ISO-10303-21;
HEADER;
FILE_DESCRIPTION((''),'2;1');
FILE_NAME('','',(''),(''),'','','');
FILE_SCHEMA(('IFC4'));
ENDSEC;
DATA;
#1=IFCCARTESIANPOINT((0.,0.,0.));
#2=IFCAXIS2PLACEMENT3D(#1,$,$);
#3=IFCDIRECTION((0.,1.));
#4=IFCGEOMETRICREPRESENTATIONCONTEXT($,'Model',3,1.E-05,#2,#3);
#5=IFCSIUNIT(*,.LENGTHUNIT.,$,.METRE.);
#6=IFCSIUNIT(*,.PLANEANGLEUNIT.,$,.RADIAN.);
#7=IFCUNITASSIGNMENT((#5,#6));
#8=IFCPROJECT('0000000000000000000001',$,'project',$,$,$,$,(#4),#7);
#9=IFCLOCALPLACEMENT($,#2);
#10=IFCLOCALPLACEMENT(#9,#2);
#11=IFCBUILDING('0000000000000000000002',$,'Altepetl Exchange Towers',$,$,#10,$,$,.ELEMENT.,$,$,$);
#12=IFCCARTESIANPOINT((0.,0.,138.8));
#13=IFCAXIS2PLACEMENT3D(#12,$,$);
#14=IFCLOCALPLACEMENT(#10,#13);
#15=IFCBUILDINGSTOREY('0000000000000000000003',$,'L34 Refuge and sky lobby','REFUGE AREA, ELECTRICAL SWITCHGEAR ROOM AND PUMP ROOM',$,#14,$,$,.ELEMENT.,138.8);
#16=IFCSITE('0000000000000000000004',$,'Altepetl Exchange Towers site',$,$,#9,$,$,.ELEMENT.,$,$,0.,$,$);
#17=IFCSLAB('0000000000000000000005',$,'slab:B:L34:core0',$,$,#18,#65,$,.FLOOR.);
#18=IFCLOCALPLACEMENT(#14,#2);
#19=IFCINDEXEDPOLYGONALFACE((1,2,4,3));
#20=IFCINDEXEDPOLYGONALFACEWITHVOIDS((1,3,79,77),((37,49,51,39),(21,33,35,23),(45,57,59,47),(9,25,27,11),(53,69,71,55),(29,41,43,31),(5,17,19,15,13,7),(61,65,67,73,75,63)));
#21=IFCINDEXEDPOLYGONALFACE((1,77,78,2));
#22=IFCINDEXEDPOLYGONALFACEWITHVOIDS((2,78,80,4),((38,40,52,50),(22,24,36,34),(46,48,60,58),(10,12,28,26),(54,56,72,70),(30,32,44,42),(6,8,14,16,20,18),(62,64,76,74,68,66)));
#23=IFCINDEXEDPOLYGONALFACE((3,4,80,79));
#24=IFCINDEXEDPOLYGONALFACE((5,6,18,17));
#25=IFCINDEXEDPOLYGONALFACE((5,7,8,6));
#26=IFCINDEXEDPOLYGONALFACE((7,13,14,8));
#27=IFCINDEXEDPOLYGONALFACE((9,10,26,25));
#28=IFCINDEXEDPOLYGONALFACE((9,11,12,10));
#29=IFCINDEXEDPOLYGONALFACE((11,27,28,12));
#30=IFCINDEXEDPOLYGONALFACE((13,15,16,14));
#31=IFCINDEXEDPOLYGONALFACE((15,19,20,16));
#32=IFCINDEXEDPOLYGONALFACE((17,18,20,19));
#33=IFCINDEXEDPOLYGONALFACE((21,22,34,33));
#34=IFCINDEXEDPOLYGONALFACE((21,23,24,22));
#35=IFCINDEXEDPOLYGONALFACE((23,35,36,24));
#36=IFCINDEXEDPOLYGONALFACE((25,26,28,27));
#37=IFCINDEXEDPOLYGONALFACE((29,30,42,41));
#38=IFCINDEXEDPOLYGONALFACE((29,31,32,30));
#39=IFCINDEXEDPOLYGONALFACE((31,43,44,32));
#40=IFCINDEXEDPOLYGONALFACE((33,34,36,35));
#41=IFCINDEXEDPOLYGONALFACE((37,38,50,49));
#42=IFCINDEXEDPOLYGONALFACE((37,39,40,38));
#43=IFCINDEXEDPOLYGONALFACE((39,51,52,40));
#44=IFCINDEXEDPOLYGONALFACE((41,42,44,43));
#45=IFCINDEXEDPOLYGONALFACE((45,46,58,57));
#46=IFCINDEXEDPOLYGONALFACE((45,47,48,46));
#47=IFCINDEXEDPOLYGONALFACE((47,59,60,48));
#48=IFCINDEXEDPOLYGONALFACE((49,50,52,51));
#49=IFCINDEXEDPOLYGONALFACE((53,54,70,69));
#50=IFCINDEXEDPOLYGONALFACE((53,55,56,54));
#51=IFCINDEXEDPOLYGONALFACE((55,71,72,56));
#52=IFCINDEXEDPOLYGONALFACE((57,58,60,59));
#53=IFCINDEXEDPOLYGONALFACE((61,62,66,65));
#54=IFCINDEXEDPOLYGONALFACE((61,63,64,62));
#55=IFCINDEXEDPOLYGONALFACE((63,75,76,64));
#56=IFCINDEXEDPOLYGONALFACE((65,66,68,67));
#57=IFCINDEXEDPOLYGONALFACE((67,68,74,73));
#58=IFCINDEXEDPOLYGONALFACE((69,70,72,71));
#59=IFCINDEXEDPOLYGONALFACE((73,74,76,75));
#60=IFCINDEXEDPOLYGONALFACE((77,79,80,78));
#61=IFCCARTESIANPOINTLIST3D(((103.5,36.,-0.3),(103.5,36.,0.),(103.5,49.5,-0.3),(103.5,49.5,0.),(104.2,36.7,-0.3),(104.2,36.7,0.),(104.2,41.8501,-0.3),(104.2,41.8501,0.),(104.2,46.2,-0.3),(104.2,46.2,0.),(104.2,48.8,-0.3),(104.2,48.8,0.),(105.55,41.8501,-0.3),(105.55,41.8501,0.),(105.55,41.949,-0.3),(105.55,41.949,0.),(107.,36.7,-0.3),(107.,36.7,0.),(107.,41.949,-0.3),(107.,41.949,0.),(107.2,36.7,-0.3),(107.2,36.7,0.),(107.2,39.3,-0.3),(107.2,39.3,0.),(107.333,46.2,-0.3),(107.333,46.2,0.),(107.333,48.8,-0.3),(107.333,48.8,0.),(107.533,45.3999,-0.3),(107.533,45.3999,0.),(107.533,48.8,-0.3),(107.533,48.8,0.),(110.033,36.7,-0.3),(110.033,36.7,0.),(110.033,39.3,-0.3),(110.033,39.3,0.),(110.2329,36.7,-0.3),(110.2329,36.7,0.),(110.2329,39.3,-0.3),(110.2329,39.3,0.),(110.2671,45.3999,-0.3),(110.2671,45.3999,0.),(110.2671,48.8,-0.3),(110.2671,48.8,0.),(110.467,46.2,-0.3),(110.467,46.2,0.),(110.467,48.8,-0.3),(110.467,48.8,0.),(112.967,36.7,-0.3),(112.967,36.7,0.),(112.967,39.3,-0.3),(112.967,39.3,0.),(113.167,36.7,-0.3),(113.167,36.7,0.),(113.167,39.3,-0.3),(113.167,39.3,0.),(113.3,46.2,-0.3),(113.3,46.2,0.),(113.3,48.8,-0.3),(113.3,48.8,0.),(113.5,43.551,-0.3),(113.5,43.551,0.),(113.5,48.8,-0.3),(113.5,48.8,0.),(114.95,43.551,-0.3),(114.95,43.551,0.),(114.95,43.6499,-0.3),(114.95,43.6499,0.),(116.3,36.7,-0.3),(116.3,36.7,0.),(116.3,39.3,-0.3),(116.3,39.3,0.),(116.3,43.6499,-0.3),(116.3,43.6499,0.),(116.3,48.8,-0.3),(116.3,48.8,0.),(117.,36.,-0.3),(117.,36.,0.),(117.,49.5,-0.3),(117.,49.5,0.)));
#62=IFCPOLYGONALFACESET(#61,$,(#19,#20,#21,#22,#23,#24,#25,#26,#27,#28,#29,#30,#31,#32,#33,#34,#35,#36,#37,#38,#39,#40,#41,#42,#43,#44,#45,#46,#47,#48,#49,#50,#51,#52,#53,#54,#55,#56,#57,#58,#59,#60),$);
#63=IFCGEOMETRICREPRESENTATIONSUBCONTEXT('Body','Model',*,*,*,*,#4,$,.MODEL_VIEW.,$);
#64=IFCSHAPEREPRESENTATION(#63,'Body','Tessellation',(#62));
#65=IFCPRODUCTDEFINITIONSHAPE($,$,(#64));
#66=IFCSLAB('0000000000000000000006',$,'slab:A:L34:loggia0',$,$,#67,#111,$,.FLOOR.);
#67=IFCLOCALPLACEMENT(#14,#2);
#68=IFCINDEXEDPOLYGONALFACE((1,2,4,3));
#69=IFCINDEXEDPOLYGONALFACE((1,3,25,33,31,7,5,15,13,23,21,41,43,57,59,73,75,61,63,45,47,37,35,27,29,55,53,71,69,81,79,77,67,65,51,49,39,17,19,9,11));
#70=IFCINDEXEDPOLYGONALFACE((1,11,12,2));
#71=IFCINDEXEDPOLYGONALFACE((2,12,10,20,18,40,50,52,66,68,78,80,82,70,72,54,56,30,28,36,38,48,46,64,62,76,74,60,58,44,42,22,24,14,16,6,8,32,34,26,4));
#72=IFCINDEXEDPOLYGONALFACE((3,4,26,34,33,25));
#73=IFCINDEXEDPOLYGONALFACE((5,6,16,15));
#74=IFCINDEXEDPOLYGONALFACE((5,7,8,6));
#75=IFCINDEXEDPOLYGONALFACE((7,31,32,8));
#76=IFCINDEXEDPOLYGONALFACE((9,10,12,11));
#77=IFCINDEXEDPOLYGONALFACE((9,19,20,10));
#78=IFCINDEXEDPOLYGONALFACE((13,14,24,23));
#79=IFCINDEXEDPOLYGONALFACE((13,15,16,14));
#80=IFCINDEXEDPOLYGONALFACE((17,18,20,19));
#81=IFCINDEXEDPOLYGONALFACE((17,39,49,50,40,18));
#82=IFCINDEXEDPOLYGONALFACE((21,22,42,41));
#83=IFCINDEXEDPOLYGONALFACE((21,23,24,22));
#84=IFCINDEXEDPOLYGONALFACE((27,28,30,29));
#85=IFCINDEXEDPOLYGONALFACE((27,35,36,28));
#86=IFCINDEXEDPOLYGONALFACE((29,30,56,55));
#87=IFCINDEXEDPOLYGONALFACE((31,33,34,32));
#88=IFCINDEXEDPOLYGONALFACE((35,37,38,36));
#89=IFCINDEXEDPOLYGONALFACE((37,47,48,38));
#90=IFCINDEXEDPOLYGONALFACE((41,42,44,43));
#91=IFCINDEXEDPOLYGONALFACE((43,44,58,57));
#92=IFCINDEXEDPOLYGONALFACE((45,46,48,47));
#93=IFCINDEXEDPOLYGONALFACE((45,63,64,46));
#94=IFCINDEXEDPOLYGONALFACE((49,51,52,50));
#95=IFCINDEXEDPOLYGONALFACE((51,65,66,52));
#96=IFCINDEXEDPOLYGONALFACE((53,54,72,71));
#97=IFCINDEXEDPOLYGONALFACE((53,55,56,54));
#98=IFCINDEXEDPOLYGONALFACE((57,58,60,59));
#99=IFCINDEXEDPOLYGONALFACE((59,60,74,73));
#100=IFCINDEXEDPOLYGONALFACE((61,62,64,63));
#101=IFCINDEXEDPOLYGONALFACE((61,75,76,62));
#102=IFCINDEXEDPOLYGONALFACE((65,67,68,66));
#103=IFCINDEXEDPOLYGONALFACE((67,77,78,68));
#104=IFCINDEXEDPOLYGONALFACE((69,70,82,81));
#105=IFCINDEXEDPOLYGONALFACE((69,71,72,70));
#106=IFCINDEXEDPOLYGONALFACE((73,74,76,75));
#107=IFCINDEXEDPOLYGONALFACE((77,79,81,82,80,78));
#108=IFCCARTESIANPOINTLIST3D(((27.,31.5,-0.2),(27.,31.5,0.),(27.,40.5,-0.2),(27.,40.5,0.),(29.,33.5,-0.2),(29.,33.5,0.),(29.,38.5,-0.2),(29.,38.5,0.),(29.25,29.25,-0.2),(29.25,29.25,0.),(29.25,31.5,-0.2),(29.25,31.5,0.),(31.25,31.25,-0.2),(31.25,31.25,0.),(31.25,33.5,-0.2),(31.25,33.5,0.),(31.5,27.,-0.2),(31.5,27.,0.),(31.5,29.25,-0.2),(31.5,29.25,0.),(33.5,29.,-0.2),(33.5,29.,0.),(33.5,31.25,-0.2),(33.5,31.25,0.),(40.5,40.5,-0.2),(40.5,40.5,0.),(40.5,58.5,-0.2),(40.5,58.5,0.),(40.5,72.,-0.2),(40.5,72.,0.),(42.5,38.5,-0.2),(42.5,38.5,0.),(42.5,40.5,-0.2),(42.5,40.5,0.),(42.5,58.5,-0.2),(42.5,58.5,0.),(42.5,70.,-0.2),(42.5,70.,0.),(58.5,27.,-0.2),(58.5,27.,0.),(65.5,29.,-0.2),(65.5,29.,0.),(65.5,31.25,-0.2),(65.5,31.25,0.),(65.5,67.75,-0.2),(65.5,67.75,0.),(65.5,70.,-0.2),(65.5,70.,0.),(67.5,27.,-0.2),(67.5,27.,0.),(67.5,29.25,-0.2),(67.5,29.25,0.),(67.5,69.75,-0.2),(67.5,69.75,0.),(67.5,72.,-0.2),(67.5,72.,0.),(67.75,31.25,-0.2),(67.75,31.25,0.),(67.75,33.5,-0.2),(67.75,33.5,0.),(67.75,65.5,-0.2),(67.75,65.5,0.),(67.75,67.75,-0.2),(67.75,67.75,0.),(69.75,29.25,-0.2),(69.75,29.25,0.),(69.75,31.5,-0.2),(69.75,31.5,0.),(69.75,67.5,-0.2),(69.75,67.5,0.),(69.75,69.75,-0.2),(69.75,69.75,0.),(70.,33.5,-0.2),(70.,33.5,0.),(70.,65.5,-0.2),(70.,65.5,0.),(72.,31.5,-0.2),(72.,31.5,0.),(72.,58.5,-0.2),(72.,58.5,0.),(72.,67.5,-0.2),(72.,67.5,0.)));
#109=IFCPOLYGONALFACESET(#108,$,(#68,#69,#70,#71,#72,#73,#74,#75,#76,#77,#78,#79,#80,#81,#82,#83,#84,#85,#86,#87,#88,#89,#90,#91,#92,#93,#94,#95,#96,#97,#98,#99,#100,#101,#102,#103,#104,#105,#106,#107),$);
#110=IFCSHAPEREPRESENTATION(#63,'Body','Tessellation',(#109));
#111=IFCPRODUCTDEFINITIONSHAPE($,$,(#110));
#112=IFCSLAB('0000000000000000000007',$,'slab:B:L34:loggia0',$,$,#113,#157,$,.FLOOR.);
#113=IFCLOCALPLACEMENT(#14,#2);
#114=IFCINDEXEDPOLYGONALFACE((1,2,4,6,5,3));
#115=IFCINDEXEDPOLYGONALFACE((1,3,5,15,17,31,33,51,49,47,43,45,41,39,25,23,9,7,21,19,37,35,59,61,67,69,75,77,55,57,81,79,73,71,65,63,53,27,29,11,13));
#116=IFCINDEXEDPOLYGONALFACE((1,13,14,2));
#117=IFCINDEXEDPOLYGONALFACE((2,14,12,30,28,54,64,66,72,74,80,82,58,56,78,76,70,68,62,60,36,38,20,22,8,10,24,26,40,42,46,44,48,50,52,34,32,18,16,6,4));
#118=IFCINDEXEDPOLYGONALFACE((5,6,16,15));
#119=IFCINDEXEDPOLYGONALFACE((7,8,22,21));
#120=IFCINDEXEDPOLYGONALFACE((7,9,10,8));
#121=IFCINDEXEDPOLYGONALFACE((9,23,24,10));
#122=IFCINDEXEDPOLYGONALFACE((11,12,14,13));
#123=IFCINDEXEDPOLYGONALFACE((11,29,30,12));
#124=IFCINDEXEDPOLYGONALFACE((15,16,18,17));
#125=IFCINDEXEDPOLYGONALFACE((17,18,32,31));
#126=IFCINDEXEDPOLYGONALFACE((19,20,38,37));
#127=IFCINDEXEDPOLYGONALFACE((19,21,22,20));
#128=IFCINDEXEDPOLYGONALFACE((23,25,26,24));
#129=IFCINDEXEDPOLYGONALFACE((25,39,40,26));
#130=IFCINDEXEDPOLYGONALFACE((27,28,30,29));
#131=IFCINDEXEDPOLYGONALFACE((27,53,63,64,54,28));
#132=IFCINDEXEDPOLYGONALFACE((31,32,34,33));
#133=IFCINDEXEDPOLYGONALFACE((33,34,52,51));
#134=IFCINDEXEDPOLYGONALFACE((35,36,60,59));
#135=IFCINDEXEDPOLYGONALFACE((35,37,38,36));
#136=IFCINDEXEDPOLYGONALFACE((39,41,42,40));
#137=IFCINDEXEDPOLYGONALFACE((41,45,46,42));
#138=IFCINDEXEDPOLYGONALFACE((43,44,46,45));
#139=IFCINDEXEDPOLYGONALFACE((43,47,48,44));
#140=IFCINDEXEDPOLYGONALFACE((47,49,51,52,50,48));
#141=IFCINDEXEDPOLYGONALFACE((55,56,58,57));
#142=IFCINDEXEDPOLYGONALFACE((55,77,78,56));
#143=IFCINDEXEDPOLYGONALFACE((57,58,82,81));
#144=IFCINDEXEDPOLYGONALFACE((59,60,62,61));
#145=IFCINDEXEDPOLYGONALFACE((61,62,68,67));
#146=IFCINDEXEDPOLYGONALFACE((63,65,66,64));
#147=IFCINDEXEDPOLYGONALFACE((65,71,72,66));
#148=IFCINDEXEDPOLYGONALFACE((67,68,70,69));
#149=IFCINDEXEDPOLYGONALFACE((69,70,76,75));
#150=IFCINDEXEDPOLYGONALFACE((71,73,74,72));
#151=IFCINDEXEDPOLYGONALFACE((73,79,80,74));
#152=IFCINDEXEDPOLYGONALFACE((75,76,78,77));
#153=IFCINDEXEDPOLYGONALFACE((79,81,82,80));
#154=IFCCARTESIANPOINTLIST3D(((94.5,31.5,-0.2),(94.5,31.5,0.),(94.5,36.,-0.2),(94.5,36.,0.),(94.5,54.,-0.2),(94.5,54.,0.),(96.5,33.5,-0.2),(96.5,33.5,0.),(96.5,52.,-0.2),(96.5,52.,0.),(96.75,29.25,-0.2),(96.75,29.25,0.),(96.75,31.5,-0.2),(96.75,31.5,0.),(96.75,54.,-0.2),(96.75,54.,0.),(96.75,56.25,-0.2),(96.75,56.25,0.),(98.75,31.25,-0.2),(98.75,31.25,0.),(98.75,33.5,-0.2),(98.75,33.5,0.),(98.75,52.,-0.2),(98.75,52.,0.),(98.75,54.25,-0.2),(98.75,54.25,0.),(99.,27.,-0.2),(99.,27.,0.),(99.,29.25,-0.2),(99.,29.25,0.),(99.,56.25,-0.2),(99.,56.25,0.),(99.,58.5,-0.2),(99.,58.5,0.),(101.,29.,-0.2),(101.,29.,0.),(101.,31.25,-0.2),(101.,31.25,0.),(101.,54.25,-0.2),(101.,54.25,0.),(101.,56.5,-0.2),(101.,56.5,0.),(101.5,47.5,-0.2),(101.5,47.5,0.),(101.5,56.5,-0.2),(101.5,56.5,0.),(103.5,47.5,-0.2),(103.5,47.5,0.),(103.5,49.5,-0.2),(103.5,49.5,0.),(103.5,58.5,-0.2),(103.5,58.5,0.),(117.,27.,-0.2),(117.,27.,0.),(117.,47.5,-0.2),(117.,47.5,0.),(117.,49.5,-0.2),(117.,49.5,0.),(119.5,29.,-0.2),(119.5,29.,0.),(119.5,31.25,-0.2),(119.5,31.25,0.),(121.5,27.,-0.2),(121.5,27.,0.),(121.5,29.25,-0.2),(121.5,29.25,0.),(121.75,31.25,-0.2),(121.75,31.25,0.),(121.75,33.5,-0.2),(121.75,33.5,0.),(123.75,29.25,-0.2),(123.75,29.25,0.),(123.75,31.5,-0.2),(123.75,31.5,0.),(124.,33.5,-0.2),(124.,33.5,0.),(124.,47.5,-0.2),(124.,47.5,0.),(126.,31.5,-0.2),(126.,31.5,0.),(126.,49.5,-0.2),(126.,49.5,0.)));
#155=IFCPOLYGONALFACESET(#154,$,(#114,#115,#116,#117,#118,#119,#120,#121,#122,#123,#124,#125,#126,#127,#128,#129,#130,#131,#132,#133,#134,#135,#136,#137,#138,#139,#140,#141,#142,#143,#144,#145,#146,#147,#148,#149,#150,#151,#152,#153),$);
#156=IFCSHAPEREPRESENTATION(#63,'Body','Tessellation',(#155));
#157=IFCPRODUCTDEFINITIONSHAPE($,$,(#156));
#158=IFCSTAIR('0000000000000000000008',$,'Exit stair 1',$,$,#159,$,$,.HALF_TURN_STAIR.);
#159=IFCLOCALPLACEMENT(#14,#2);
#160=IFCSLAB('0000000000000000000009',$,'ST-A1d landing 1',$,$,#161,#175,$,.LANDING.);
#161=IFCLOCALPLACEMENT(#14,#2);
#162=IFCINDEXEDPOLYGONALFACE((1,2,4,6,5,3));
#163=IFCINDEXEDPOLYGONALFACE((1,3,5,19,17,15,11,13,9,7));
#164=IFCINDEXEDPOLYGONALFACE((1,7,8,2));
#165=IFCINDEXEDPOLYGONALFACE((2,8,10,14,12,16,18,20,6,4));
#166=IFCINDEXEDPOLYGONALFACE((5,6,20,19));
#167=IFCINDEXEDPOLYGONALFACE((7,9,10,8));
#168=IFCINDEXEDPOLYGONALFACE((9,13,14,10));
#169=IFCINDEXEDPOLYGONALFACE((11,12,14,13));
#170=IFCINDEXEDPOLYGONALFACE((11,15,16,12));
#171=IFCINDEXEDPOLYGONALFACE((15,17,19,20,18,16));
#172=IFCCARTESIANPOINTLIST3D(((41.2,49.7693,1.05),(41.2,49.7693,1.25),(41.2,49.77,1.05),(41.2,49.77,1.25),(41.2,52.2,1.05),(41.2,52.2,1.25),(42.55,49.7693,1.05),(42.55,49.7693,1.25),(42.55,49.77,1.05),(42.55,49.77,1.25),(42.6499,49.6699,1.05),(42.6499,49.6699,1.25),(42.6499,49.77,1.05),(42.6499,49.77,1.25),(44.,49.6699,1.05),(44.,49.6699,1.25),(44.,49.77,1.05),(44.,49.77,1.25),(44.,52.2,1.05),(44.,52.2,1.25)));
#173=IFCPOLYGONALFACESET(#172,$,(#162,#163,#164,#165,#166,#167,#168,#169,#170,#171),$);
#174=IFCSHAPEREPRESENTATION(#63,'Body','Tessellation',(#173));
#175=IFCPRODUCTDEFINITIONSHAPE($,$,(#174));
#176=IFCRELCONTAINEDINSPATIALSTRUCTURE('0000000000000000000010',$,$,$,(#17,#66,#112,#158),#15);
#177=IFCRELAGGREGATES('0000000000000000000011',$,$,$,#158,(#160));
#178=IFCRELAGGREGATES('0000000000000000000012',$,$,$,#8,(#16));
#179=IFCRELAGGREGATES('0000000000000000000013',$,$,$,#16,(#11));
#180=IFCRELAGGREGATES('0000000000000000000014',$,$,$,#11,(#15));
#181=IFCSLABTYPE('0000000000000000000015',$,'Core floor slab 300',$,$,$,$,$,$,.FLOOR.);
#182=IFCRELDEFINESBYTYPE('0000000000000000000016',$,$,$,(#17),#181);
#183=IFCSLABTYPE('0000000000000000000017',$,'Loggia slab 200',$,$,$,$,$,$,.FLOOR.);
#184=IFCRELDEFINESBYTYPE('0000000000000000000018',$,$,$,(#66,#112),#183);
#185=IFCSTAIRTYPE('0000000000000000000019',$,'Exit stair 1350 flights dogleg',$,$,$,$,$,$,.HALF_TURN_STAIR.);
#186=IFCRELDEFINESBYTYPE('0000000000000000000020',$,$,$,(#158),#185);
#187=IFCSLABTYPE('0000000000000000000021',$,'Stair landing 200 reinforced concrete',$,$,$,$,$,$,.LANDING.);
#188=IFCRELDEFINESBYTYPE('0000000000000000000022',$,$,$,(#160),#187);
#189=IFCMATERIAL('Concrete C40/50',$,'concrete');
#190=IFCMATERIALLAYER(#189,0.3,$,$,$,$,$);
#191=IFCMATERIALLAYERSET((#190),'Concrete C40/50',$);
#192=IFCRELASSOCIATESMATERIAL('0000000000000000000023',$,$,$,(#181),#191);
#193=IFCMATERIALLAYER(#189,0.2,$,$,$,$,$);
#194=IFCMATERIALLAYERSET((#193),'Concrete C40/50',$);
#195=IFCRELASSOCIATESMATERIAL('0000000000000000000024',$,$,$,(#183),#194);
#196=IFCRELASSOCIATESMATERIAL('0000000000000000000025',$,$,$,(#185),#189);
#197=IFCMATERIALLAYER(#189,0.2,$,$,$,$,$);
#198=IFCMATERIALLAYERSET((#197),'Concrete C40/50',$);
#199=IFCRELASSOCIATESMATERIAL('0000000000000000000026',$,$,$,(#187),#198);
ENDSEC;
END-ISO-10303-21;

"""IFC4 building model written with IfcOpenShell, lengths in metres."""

from ifc_helpers import new_model, si_unit, direction, frame, origin, place, context, subcontext, project, spatial, polyline, outline, extrude, material, layer, layer_set, type_object, element, aggregate, save


model = new_model("IFC4")

# Units and contexts
model_context = context("Model", 3, precision=1e-05, world=origin(), true_north=direction((0.0, 1.0)))
body_context = subcontext(model_context, "Body", "Model", "MODEL_VIEW")
ifc_project = project(units=[si_unit("LENGTHUNIT", "METRE"), si_unit("PLANEANGLEUNIT", "RADIAN")], contexts=[model_context])

# Site, building, storey
site_placement = place(None, origin())
site = spatial("IfcSite", under=ifc_project, at=site_placement, Name="Altepetl Exchange Towers site", CompositionType="ELEMENT", RefElevation=0.0)
building_placement = place(site_placement, origin())
building = spatial("IfcBuilding", under=site, at=building_placement, Name="Altepetl Exchange Towers", CompositionType="ELEMENT")
storey_placement = place(building_placement, frame((0.0, 0.0, 138.8)))
storey = spatial("IfcBuildingStorey", under=building, at=storey_placement, Name="L34 Refuge and sky lobby", Description="REFUGE AREA, ELECTRICAL SWITCHGEAR ROOM AND PUMP ROOM", CompositionType="ELEMENT", Elevation=138.8)

# Slabs
ifc_material_1 = material(Name="Concrete C40/50", Category="concrete")
ifc_layer_1 = layer(ifc_material_1, 0.3)
ifc_layer_set_1 = layer_set([ifc_layer_1], Name="Concrete C40/50")
slab_type_1 = type_object("IfcSlabType", Name="Core floor slab 300", PredefinedType="FLOOR", material=ifc_layer_set_1)
slab_1_placement = place(storey_placement, frame((0.0, 0.0, -0.3)))
element("IfcSlab", 1, at=slab_1_placement, inside=storey, type_object=slab_type_1, Name="slab:B:L34:core0", PredefinedType="FLOOR", context=body_context, shape_type="SweptSolid", body=[
    extrude(outline(polyline([(103.5, 36.0), (117.0, 36.0), (117.0, 49.5), (103.5, 49.5), (103.5, 36.0)]), holes=[polyline([(107.2, 39.3), (110.033, 39.3), (110.033, 36.7), (107.2, 36.7), (107.2, 39.3)]), polyline([(110.2329, 39.3), (112.967, 39.3), (112.967, 36.7), (110.2329, 36.7), (110.2329, 39.3)]), polyline([(113.167, 39.3), (116.3, 39.3), (116.3, 36.7), (113.167, 36.7), (113.167, 39.3)]), polyline([(104.2, 36.7), (104.2, 41.8501), (105.55, 41.8501), (105.55, 41.949), (107.0, 41.949), (107.0, 36.7), (104.2, 36.7)]), polyline([(116.3, 48.8), (116.3, 43.6499), (114.95, 43.6499), (114.95, 43.551), (113.5, 43.551), (113.5, 48.8), (116.3, 48.8)]), polyline([(107.533, 48.8), (110.2671, 48.8), (110.2671, 45.3999), (107.533, 45.3999), (107.533, 48.8)]), polyline([(104.2, 48.8), (107.333, 48.8), (107.333, 46.2), (104.2, 46.2), (104.2, 48.8)]), polyline([(110.467, 48.8), (113.3, 48.8), (113.3, 46.2), (110.467, 46.2), (110.467, 48.8)])]), origin(), (0.0, 0.0, 1.0), 0.3),
])
ifc_layer_2 = layer(ifc_material_1, 0.2)
ifc_layer_set_2 = layer_set([ifc_layer_2], Name="Concrete C40/50")
slab_type_2 = type_object("IfcSlabType", Name="Loggia slab 200", PredefinedType="FLOOR", material=ifc_layer_set_2)
slab_2_placement = place(storey_placement, frame((0.0, 0.0, -0.2)))
element("IfcSlab", 2, at=slab_2_placement, inside=storey, type_object=slab_type_2, Name="slab:A:L34:loggia0", PredefinedType="FLOOR", context=body_context, shape_type="SweptSolid", body=[
    extrude(outline(polyline([(40.5, 72.0), (40.5, 58.5), (42.5, 58.5), (42.5, 70.0), (65.5, 70.0), (65.5, 67.75), (67.75, 67.75), (67.75, 65.5), (70.0, 65.5), (70.0, 33.5), (67.75, 33.5), (67.75, 31.25), (65.5, 31.25), (65.5, 29.0), (33.5, 29.0), (33.5, 31.25), (31.25, 31.25), (31.25, 33.5), (29.0, 33.5), (29.0, 38.5), (42.5, 38.5), (42.5, 40.5), (40.5, 40.5), (27.0, 40.5), (27.0, 31.5), (29.25, 31.5), (29.25, 29.25), (31.5, 29.25), (31.5, 27.0), (58.5, 27.0), (67.5, 27.0), (67.5, 29.25), (69.75, 29.25), (69.75, 31.5), (72.0, 31.5), (72.0, 58.5), (72.0, 67.5), (69.75, 67.5), (69.75, 69.75), (67.5, 69.75), (67.5, 72.0), (40.5, 72.0)])), origin(), (0.0, 0.0, 1.0), 0.2),
])
slab_3_placement = place(storey_placement, frame((0.0, 0.0, -0.2)))
element("IfcSlab", 3, at=slab_3_placement, inside=storey, type_object=slab_type_2, Name="slab:B:L34:loggia0", PredefinedType="FLOOR", context=body_context, shape_type="SweptSolid", body=[
    extrude(outline(polyline([(96.75, 54.0), (94.5, 54.0), (94.5, 36.0), (94.5, 31.5), (96.75, 31.5), (96.75, 29.25), (99.0, 29.25), (99.0, 27.0), (117.0, 27.0), (121.5, 27.0), (121.5, 29.25), (123.75, 29.25), (123.75, 31.5), (126.0, 31.5), (126.0, 49.5), (117.0, 49.5), (117.0, 47.5), (124.0, 47.5), (124.0, 33.5), (121.75, 33.5), (121.75, 31.25), (119.5, 31.25), (119.5, 29.0), (101.0, 29.0), (101.0, 31.25), (98.75, 31.25), (98.75, 33.5), (96.5, 33.5), (96.5, 52.0), (98.75, 52.0), (98.75, 54.25), (101.0, 54.25), (101.0, 56.5), (101.5, 56.5), (101.5, 47.5), (103.5, 47.5), (103.5, 49.5), (103.5, 58.5), (99.0, 58.5), (99.0, 56.25), (96.75, 56.25), (96.75, 54.0)])), origin(), (0.0, 0.0, 1.0), 0.2),
])

# Stair, slab
stair_type = type_object("IfcStairType", Name="Exit stair 1350 flights dogleg", PredefinedType="HALF_TURN_STAIR", material=ifc_material_1)
stair_1_placement = place(storey_placement, origin())
stair_1 = element("IfcStair", 4, at=stair_1_placement, inside=storey, type_object=stair_type, Name="Exit stair 1", PredefinedType="HALF_TURN_STAIR")
ifc_layer_3 = layer(ifc_material_1, 0.2)
ifc_layer_set_3 = layer_set([ifc_layer_3], Name="Concrete C40/50")
slab_type_3 = type_object("IfcSlabType", Name="Stair landing 200 reinforced concrete", PredefinedType="LANDING", material=ifc_layer_set_3)
slab_4_placement = place(storey_placement, frame((0.0, 0.0, 1.05)))
slab_4 = element("IfcSlab", 5, at=slab_4_placement, type_object=slab_type_3, Name="ST-A1d landing 1", PredefinedType="LANDING", context=body_context, shape_type="SweptSolid", body=[
    extrude(outline(polyline([(44.0, 49.6699), (42.6499, 49.6699), (42.6499, 49.77), (42.55, 49.77), (42.55, 49.7693), (41.2, 49.7693), (41.2, 49.77), (41.2, 52.2), (44.0, 52.2), (44.0, 49.77), (44.0, 49.6699)])), origin(), (0.0, 0.0, 1.0), 0.2),
])
aggregate(stair_1, [slab_4])

save(model, "model.ifc")
